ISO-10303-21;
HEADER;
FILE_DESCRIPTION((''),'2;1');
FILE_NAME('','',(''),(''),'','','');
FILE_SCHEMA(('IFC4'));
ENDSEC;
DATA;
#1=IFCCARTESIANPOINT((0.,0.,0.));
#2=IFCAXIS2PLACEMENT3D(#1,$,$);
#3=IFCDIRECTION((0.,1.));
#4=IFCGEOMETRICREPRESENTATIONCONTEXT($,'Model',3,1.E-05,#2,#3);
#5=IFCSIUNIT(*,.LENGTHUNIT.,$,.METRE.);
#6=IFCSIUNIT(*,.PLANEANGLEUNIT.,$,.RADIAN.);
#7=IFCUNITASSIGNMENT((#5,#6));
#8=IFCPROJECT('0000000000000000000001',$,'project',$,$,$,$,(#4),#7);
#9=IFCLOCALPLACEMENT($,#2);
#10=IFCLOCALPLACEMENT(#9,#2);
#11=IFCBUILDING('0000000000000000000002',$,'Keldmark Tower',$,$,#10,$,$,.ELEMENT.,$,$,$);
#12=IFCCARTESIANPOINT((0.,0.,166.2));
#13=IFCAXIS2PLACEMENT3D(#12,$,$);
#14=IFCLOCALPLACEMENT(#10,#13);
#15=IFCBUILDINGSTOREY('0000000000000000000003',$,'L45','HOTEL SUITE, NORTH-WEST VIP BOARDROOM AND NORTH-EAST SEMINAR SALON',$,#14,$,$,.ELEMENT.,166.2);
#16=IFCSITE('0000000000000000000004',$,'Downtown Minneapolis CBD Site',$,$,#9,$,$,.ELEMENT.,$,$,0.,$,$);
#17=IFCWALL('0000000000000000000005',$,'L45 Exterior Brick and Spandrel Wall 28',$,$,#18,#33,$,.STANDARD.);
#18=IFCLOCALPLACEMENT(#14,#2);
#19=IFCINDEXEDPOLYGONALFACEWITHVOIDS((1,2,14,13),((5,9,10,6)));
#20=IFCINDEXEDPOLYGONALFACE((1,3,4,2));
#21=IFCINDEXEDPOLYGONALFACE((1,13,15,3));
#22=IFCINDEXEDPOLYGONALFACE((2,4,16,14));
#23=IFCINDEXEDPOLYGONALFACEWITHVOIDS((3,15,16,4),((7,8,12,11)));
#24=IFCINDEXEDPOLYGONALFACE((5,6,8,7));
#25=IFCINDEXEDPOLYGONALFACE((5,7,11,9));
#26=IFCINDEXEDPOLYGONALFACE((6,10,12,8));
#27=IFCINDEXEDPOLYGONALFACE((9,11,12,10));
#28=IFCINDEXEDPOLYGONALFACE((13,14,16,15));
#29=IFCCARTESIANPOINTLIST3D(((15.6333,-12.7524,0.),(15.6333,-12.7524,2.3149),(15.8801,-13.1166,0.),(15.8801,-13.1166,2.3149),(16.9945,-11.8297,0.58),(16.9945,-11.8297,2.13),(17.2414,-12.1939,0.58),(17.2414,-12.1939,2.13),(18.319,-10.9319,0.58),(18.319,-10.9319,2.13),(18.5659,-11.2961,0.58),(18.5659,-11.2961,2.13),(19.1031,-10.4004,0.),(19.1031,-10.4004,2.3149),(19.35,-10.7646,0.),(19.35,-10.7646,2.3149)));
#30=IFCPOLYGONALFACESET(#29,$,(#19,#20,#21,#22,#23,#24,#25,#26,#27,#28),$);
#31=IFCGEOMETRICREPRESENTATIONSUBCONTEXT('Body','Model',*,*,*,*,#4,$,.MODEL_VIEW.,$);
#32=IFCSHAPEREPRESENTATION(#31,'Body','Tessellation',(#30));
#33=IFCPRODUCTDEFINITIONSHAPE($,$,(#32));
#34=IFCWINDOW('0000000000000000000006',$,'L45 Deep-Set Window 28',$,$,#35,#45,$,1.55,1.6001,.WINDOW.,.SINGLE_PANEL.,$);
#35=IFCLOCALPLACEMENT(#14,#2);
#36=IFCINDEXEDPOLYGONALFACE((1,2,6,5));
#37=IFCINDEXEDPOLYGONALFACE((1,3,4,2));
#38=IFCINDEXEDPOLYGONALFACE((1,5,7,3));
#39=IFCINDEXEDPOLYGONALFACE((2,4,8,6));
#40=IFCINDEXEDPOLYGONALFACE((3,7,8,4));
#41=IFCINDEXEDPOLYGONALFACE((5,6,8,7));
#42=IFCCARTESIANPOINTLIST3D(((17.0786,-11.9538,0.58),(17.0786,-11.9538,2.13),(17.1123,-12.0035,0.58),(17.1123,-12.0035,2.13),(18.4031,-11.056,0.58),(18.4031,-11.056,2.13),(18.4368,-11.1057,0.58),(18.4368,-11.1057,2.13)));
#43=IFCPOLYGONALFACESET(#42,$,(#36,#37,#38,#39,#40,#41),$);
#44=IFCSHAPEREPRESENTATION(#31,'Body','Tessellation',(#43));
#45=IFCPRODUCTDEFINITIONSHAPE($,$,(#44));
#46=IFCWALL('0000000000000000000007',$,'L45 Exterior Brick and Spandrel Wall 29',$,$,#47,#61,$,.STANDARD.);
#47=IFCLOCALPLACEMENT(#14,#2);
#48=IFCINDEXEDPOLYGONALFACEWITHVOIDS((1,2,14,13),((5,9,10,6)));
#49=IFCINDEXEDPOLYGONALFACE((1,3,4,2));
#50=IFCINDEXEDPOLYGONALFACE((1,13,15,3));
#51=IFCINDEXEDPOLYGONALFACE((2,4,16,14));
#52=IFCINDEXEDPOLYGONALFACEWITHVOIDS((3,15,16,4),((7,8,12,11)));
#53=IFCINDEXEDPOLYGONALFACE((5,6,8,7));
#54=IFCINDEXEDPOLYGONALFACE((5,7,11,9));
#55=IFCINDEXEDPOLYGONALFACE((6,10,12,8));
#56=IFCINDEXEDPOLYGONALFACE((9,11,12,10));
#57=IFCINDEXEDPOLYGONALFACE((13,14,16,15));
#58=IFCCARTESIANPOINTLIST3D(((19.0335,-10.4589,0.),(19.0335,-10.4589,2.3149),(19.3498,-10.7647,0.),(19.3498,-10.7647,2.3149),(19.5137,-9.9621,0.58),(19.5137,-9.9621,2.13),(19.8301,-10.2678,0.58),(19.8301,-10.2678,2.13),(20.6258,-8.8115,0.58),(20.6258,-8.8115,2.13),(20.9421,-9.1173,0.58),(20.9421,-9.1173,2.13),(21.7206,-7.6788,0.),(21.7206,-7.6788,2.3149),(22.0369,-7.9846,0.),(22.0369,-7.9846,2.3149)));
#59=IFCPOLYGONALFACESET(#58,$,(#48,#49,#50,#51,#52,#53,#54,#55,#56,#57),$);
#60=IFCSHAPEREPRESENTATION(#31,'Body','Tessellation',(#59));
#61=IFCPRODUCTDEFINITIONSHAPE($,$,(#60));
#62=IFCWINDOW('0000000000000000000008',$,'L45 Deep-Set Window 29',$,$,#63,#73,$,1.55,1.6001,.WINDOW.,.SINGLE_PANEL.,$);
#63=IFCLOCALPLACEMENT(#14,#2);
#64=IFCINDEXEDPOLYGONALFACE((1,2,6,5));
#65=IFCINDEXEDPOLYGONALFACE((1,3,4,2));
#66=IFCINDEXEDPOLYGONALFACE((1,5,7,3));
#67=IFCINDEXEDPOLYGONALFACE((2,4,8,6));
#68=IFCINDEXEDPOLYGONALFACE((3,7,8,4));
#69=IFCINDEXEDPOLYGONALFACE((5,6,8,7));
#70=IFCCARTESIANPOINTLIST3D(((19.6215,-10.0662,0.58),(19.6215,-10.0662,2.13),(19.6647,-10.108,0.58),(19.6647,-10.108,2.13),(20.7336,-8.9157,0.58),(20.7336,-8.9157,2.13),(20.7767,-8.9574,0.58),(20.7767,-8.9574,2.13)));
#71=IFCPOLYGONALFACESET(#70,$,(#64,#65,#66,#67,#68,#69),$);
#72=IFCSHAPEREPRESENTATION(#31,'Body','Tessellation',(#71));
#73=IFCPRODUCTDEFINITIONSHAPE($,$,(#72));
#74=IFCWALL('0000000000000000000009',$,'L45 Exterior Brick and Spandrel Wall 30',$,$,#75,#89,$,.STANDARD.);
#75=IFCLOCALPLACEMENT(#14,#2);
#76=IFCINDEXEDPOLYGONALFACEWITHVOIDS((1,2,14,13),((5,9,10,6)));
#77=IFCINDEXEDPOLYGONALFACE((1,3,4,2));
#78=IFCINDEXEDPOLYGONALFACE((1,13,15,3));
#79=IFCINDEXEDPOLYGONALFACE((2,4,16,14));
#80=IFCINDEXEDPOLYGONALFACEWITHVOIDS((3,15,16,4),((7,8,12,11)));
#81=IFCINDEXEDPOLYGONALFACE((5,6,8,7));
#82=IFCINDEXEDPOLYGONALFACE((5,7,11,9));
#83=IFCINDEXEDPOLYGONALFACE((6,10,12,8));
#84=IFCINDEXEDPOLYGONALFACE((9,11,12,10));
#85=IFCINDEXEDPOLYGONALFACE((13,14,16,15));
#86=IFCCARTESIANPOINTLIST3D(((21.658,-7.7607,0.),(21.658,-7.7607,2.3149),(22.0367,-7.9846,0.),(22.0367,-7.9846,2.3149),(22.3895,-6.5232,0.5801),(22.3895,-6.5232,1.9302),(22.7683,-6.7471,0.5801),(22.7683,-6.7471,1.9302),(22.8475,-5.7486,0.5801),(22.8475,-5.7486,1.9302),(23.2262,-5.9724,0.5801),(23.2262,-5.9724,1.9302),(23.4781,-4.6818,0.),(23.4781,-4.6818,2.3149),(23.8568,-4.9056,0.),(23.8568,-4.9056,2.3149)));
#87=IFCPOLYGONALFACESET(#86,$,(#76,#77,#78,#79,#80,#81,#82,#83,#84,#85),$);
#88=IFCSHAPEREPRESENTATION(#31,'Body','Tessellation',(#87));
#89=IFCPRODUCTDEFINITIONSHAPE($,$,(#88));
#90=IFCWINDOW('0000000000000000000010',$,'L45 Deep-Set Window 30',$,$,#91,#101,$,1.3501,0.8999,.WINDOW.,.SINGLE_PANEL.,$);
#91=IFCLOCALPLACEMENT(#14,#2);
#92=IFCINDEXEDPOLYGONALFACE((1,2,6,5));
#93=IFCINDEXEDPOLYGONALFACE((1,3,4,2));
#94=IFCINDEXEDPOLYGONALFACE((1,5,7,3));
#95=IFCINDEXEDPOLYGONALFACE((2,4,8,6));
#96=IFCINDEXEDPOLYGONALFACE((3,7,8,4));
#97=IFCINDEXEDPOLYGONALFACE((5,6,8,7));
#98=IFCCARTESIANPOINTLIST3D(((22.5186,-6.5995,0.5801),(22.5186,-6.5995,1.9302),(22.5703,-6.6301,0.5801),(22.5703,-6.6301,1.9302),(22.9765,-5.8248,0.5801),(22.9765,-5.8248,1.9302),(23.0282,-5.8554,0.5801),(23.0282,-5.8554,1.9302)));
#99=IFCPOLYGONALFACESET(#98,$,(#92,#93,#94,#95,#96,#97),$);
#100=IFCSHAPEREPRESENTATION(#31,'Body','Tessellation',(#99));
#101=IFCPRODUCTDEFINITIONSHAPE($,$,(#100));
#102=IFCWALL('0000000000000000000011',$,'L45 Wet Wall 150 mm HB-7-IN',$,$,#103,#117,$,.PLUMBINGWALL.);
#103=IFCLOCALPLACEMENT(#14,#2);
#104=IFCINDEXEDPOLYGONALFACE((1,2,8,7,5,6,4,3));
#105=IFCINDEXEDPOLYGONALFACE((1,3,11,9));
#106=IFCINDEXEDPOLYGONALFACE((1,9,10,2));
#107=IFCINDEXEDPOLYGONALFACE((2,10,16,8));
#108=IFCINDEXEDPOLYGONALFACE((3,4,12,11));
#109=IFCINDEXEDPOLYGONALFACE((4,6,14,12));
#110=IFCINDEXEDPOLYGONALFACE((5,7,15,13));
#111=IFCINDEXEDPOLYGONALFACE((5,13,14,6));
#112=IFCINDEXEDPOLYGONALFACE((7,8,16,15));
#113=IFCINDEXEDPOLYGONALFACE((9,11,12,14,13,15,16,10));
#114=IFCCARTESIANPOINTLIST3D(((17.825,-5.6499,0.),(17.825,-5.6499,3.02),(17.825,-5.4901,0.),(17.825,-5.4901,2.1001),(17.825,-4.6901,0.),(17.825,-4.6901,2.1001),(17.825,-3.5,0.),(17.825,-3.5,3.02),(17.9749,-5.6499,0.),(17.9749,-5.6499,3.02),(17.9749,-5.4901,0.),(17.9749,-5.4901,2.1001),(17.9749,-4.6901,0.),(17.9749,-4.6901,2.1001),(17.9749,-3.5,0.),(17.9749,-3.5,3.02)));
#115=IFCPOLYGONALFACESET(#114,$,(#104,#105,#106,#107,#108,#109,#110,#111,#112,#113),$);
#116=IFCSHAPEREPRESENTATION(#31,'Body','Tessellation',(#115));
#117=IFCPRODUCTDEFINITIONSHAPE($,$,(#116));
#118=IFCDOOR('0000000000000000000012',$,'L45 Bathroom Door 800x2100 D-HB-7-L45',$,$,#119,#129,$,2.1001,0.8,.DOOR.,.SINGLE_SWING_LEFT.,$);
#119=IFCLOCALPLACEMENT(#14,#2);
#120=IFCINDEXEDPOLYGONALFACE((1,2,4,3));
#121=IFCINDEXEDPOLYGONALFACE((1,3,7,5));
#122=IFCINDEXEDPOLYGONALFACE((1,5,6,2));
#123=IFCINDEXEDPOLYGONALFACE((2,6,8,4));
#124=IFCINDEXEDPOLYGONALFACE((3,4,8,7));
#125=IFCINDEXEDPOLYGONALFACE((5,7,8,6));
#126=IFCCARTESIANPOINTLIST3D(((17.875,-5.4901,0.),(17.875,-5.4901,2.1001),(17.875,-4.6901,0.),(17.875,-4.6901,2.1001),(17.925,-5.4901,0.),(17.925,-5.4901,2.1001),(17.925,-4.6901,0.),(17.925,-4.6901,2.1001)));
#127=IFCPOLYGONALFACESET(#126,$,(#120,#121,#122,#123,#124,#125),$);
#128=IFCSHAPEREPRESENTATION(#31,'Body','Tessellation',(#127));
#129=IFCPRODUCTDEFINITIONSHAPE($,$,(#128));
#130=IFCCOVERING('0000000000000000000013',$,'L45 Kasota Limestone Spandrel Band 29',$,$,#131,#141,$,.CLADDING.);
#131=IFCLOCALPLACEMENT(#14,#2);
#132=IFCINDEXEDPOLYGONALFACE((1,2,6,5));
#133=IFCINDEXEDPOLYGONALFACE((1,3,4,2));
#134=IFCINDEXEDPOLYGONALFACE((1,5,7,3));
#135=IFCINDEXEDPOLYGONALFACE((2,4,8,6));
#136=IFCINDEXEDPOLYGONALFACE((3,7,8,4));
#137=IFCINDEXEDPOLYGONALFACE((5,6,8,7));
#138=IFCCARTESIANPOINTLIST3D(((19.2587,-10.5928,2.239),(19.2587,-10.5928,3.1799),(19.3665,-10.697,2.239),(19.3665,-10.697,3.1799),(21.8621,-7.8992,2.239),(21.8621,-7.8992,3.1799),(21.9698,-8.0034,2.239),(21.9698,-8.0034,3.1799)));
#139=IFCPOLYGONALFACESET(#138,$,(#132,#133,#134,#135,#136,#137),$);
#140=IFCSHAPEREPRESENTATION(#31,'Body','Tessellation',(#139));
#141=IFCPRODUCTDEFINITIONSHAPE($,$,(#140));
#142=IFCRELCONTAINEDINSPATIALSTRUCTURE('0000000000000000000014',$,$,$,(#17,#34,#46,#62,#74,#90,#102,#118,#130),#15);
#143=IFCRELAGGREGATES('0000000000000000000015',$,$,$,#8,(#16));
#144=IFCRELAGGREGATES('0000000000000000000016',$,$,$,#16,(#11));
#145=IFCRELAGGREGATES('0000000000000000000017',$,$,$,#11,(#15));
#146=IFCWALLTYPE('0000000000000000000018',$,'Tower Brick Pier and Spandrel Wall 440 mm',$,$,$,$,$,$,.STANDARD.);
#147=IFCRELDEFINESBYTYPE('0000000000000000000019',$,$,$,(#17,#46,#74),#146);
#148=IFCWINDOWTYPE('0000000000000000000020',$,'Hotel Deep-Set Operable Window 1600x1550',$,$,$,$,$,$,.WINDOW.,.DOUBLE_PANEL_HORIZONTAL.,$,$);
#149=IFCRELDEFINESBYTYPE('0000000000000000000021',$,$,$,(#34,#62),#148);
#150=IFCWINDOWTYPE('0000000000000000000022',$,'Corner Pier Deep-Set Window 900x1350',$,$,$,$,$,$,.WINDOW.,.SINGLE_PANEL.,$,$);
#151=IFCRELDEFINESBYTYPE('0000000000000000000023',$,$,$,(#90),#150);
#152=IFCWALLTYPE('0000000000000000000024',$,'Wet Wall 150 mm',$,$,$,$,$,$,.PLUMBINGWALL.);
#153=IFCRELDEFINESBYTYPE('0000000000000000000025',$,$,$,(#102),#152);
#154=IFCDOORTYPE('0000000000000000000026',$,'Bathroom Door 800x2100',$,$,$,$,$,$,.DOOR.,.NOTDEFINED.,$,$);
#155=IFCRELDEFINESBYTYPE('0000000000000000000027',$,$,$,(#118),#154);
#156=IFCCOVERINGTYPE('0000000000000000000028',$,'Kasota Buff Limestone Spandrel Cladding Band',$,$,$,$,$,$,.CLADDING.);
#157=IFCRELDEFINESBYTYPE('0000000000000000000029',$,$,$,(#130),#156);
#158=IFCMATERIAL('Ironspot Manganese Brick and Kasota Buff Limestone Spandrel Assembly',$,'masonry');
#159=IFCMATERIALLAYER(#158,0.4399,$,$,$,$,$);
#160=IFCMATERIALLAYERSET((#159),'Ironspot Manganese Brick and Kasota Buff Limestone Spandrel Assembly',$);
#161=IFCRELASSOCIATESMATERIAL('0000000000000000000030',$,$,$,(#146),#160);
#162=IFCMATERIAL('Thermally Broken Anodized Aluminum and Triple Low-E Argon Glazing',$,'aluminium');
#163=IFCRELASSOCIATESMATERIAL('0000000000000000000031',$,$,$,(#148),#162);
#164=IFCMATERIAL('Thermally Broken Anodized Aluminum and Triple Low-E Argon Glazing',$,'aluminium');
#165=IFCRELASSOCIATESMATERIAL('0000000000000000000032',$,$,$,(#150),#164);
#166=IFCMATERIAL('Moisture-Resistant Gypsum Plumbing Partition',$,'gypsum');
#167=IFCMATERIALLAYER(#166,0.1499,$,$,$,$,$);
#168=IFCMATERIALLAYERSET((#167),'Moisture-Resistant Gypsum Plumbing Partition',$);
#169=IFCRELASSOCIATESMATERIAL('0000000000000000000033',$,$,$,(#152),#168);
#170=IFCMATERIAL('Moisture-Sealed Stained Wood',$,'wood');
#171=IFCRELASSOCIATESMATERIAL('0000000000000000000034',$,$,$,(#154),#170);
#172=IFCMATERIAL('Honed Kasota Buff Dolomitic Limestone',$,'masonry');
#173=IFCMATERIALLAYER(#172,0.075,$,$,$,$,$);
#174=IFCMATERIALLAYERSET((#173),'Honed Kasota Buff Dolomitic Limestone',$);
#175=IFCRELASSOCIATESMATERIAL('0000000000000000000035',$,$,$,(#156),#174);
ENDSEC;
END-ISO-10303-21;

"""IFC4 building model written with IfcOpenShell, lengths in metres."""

from ifc_helpers import new_model, si_unit, direction, frame, frame_2d, origin, origin_2d, place, context, subcontext, project, spatial, rectangle, extrude, material, layer, layer_set, type_object, element, fill, save


model = new_model("IFC4")

# Units and contexts
model_context = context("Model", 3, precision=1e-05, world=origin(), true_north=direction((0.0, 1.0)))
body_context = subcontext(model_context, "Body", "Model", "MODEL_VIEW")
ifc_project = project(units=[si_unit("LENGTHUNIT", "METRE"), si_unit("PLANEANGLEUNIT", "RADIAN")], contexts=[model_context])

# Site, building, storey
site_placement = place(None, origin())
site = spatial("IfcSite", under=ifc_project, at=site_placement, Name="Downtown Minneapolis CBD Site", CompositionType="ELEMENT", RefElevation=0.0)
building_placement = place(site_placement, origin())
building = spatial("IfcBuilding", under=site, at=building_placement, Name="Keldmark Tower", CompositionType="ELEMENT")
storey_placement = place(building_placement, frame((0.0, 0.0, 166.2)))
storey = spatial("IfcBuildingStorey", under=building, at=storey_placement, Name="L45", Description="HOTEL SUITE, NORTH-WEST VIP BOARDROOM AND NORTH-EAST SEMINAR SALON", CompositionType="ELEMENT", Elevation=166.2)

# Walls, openings, windows
ifc_material_1 = material(Name="Ironspot Manganese Brick and Kasota Buff Limestone Spandrel Assembly", Category="masonry")
ifc_layer_1 = layer(ifc_material_1, 0.4399)
ifc_layer_set_1 = layer_set([ifc_layer_1], Name="Ironspot Manganese Brick and Kasota Buff Limestone Spandrel Assembly")
wall_type_1 = type_object("IfcWallType", Name="Tower Brick Pier and Spandrel Wall 440 mm", PredefinedType="STANDARD", material=ifc_layer_set_1)
wall_1_placement = place(storey_placement, frame((19.2266, -10.5825, 0.0), z_axis=(0.0, 0.0, 1.0), x_axis=(-0.827761, -0.561081, 0.0)))
wall_1 = element("IfcWall", 1, at=wall_1_placement, inside=storey, type_object=wall_type_1, Name="L45 Exterior Brick and Spandrel Wall 28", PredefinedType="STANDARD", context=body_context, shape_type="SweptSolid", body=[
    extrude(rectangle(XDim=4.1919, YDim=0.4399, at=frame_2d((2.0959, 0.0))), origin(), (0.0, 0.0, 1.0), 2.3149),
])
opening_1_placement = place(wall_1_placement, frame((0.9473, 0.0, 0.5801)))
opening_1 = element("IfcOpeningElement", 2, at=opening_1_placement, cuts=wall_1, PredefinedType="OPENING", context=body_context, shape_type="SweptSolid", body=[
    extrude(rectangle(XDim=1.6001, YDim=1.55, at=frame_2d((0.8, 0.7749))), frame((0.0, 0.23, 0.0), z_axis=(0.0, -1.0, 0.0), x_axis=(1.0, 0.0, 0.0)), (0.0, 0.0, 1.0), 0.46),
])
ifc_material_2 = material(Name="Thermally Broken Anodized Aluminum and Triple Low-E Argon Glazing", Category="aluminium")
window_type_1 = type_object("IfcWindowType", Name="Hotel Deep-Set Operable Window 1600x1550", PartitioningType="DOUBLE_PANEL_HORIZONTAL", PredefinedType="WINDOW", material=ifc_material_2)
window_1_placement = place(opening_1_placement, origin())
window_1 = element("IfcWindow", 3, at=window_1_placement, inside=storey, type_object=window_type_1, Name="L45 Deep-Set Window 28", OverallHeight=1.55, OverallWidth=1.6001, PartitioningType="SINGLE_PANEL", PredefinedType="WINDOW", context=body_context, shape_type="SweptSolid", body=[
    extrude(rectangle(XDim=1.6001, YDim=1.55, at=frame_2d((0.8, 0.7749))), frame((0.0, -0.01, 0.0), z_axis=(0.0, -1.0, 0.0), x_axis=(1.0, 0.0, 0.0)), (0.0, 0.0, 1.0), 0.0601),
])
fill(opening_1, window_1)
wall_2_placement = place(storey_placement, frame((21.8787, -7.8318, 0.0), z_axis=(0.0, 0.0, 1.0), x_axis=(-0.694975, -0.719034, 0.0)))
wall_2 = element("IfcWall", 4, at=wall_2_placement, inside=storey, type_object=wall_type_1, Name="L45 Exterior Brick and Spandrel Wall 29", PredefinedType="STANDARD", context=body_context, shape_type="SweptSolid", body=[
    extrude(rectangle(XDim=3.8665, YDim=0.4399, at=frame_2d((1.9331, 0.0))), origin(), (0.0, 0.0, 1.0), 2.3149),
])
opening_2_placement = place(wall_2_placement, frame((1.5752, 0.0, 0.5801)))
opening_2 = element("IfcOpeningElement", 5, at=opening_2_placement, cuts=wall_2, PredefinedType="OPENING", context=body_context, shape_type="SweptSolid", body=[
    extrude(rectangle(XDim=1.6001, YDim=1.55, at=frame_2d((0.8, 0.7749))), frame((0.0, 0.23, 0.0), z_axis=(0.0, -1.0, 0.0), x_axis=(1.0, 0.0, 0.0)), (0.0, 0.0, 1.0), 0.46),
])
window_2_placement = place(opening_2_placement, origin())
window_2 = element("IfcWindow", 6, at=window_2_placement, inside=storey, type_object=window_type_1, Name="L45 Deep-Set Window 29", OverallHeight=1.55, OverallWidth=1.6001, PartitioningType="SINGLE_PANEL", PredefinedType="WINDOW", context=body_context, shape_type="SweptSolid", body=[
    extrude(rectangle(XDim=1.6001, YDim=1.55, at=frame_2d((0.8, 0.7749))), frame((0.0, -0.01, 0.0), z_axis=(0.0, -1.0, 0.0), x_axis=(1.0, 0.0, 0.0)), (0.0, 0.0, 1.0), 0.0601),
])
fill(opening_2, window_2)
wall_3_placement = place(storey_placement, frame((23.6675, -4.7937, 0.0), z_axis=(0.0, 0.0, 1.0), x_axis=(-0.508883, -0.860835, 0.0)))
wall_3 = element("IfcWall", 7, at=wall_3_placement, inside=storey, type_object=wall_type_1, Name="L45 Exterior Brick and Spandrel Wall 30", PredefinedType="STANDARD", context=body_context, shape_type="SweptSolid", body=[
    extrude(rectangle(XDim=3.5767, YDim=0.4399, at=frame_2d((1.7883, 0.0))), origin(), (0.0, 0.0, 1.0), 2.3149),
])
opening_3_placement = place(wall_3_placement, frame((1.2393, 0.0, 0.5801)))
opening_3 = element("IfcOpeningElement", 8, at=opening_3_placement, cuts=wall_3, PredefinedType="OPENING", context=body_context, shape_type="SweptSolid", body=[
    extrude(rectangle(XDim=0.8999, YDim=1.3501, at=frame_2d((0.45, 0.675))), frame((0.0, 0.23, 0.0), z_axis=(0.0, -1.0, 0.0), x_axis=(1.0, 0.0, 0.0)), (0.0, 0.0, 1.0), 0.46),
])
ifc_material_3 = material(Name="Thermally Broken Anodized Aluminum and Triple Low-E Argon Glazing", Category="aluminium")
window_type_2 = type_object("IfcWindowType", Name="Corner Pier Deep-Set Window 900x1350", PartitioningType="SINGLE_PANEL", PredefinedType="WINDOW", material=ifc_material_3)
window_3_placement = place(opening_3_placement, origin())
window_3 = element("IfcWindow", 9, at=window_3_placement, inside=storey, type_object=window_type_2, Name="L45 Deep-Set Window 30", OverallHeight=1.3501, OverallWidth=0.8999, PartitioningType="SINGLE_PANEL", PredefinedType="WINDOW", context=body_context, shape_type="SweptSolid", body=[
    extrude(rectangle(XDim=0.8999, YDim=1.3501, at=frame_2d((0.45, 0.675))), frame((0.0, -0.01, 0.0), z_axis=(0.0, -1.0, 0.0), x_axis=(1.0, 0.0, 0.0)), (0.0, 0.0, 1.0), 0.0601),
])
fill(opening_3, window_3)

# Wall, opening, door
ifc_material_4 = material(Name="Moisture-Resistant Gypsum Plumbing Partition", Category="gypsum")
ifc_layer_2 = layer(ifc_material_4, 0.1499)
ifc_layer_set_2 = layer_set([ifc_layer_2], Name="Moisture-Resistant Gypsum Plumbing Partition")
wall_type_2 = type_object("IfcWallType", Name="Wet Wall 150 mm", PredefinedType="PLUMBINGWALL", material=ifc_layer_set_2)
wall_4_placement = place(storey_placement, frame((17.8999, -5.6499, 0.0), z_axis=(0.0, 0.0, 1.0), x_axis=(0.0, 1.0, 0.0)))
wall_4 = element("IfcWall", 10, at=wall_4_placement, inside=storey, type_object=wall_type_2, Name="L45 Wet Wall 150 mm HB-7-IN", PredefinedType="PLUMBINGWALL", context=body_context, shape_type="SweptSolid", body=[
    extrude(rectangle(XDim=2.1499, YDim=0.1499, at=frame_2d((1.075, 0.0))), origin(), (0.0, 0.0, 1.0), 3.02),
])
opening_4_placement = place(wall_4_placement, frame((0.1599, 0.0, 0.0)))
opening_4 = element("IfcOpeningElement", 11, at=opening_4_placement, cuts=wall_4, PredefinedType="OPENING", context=body_context, shape_type="SweptSolid", body=[
    extrude(rectangle(XDim=0.8, YDim=2.1001, at=frame_2d((0.3999, 1.05))), frame((0.0, 0.085, 0.0), z_axis=(0.0, -1.0, 0.0), x_axis=(1.0, 0.0, 0.0)), (0.0, 0.0, 1.0), 0.1699),
])
ifc_material_5 = material(Name="Moisture-Sealed Stained Wood", Category="wood")
door_type = type_object("IfcDoorType", Name="Bathroom Door 800x2100", OperationType="NOTDEFINED", PredefinedType="DOOR", material=ifc_material_5)
door_placement = place(opening_4_placement, origin())
door = element("IfcDoor", 12, at=door_placement, inside=storey, type_object=door_type, Name="L45 Bathroom Door 800x2100 D-HB-7-L45", OperationType="SINGLE_SWING_LEFT", OverallHeight=2.1001, OverallWidth=0.8, PredefinedType="DOOR", context=body_context, shape_type="SweptSolid", body=[
    extrude(rectangle(XDim=0.8, YDim=2.1001, at=frame_2d((0.3999, 1.05))), frame((0.0, 0.0249, 0.0), z_axis=(0.0, -1.0, 0.0), x_axis=(1.0, 0.0, 0.0)), (0.0, 0.0, 1.0), 0.05),
])
fill(opening_4, door)

# Covering
ifc_material_6 = material(Name="Honed Kasota Buff Dolomitic Limestone", Category="masonry")
ifc_layer_3 = layer(ifc_material_6, 0.075)
ifc_layer_set_3 = layer_set([ifc_layer_3], Name="Honed Kasota Buff Dolomitic Limestone")
covering_type = type_object("IfcCoveringType", Name="Kasota Buff Limestone Spandrel Cladding Band", PredefinedType="CLADDING", material=ifc_layer_set_3)
covering_placement = place(storey_placement, frame((20.6143, -9.2981, 2.239), z_axis=(0.0, 0.0, 1.0), x_axis=(0.69496, 0.719049, 0.0)))
element("IfcCovering", 13, at=covering_placement, inside=storey, type_object=covering_type, Name="L45 Kasota Limestone Spandrel Band 29", PredefinedType="CLADDING", context=body_context, shape_type="SweptSolid", body=[
    extrude(rectangle(XDim=3.7461, YDim=0.1499, at=origin_2d()), origin(), (0.0, 0.0, 1.0), 0.9409),
])

save(model, "model.ifc")
